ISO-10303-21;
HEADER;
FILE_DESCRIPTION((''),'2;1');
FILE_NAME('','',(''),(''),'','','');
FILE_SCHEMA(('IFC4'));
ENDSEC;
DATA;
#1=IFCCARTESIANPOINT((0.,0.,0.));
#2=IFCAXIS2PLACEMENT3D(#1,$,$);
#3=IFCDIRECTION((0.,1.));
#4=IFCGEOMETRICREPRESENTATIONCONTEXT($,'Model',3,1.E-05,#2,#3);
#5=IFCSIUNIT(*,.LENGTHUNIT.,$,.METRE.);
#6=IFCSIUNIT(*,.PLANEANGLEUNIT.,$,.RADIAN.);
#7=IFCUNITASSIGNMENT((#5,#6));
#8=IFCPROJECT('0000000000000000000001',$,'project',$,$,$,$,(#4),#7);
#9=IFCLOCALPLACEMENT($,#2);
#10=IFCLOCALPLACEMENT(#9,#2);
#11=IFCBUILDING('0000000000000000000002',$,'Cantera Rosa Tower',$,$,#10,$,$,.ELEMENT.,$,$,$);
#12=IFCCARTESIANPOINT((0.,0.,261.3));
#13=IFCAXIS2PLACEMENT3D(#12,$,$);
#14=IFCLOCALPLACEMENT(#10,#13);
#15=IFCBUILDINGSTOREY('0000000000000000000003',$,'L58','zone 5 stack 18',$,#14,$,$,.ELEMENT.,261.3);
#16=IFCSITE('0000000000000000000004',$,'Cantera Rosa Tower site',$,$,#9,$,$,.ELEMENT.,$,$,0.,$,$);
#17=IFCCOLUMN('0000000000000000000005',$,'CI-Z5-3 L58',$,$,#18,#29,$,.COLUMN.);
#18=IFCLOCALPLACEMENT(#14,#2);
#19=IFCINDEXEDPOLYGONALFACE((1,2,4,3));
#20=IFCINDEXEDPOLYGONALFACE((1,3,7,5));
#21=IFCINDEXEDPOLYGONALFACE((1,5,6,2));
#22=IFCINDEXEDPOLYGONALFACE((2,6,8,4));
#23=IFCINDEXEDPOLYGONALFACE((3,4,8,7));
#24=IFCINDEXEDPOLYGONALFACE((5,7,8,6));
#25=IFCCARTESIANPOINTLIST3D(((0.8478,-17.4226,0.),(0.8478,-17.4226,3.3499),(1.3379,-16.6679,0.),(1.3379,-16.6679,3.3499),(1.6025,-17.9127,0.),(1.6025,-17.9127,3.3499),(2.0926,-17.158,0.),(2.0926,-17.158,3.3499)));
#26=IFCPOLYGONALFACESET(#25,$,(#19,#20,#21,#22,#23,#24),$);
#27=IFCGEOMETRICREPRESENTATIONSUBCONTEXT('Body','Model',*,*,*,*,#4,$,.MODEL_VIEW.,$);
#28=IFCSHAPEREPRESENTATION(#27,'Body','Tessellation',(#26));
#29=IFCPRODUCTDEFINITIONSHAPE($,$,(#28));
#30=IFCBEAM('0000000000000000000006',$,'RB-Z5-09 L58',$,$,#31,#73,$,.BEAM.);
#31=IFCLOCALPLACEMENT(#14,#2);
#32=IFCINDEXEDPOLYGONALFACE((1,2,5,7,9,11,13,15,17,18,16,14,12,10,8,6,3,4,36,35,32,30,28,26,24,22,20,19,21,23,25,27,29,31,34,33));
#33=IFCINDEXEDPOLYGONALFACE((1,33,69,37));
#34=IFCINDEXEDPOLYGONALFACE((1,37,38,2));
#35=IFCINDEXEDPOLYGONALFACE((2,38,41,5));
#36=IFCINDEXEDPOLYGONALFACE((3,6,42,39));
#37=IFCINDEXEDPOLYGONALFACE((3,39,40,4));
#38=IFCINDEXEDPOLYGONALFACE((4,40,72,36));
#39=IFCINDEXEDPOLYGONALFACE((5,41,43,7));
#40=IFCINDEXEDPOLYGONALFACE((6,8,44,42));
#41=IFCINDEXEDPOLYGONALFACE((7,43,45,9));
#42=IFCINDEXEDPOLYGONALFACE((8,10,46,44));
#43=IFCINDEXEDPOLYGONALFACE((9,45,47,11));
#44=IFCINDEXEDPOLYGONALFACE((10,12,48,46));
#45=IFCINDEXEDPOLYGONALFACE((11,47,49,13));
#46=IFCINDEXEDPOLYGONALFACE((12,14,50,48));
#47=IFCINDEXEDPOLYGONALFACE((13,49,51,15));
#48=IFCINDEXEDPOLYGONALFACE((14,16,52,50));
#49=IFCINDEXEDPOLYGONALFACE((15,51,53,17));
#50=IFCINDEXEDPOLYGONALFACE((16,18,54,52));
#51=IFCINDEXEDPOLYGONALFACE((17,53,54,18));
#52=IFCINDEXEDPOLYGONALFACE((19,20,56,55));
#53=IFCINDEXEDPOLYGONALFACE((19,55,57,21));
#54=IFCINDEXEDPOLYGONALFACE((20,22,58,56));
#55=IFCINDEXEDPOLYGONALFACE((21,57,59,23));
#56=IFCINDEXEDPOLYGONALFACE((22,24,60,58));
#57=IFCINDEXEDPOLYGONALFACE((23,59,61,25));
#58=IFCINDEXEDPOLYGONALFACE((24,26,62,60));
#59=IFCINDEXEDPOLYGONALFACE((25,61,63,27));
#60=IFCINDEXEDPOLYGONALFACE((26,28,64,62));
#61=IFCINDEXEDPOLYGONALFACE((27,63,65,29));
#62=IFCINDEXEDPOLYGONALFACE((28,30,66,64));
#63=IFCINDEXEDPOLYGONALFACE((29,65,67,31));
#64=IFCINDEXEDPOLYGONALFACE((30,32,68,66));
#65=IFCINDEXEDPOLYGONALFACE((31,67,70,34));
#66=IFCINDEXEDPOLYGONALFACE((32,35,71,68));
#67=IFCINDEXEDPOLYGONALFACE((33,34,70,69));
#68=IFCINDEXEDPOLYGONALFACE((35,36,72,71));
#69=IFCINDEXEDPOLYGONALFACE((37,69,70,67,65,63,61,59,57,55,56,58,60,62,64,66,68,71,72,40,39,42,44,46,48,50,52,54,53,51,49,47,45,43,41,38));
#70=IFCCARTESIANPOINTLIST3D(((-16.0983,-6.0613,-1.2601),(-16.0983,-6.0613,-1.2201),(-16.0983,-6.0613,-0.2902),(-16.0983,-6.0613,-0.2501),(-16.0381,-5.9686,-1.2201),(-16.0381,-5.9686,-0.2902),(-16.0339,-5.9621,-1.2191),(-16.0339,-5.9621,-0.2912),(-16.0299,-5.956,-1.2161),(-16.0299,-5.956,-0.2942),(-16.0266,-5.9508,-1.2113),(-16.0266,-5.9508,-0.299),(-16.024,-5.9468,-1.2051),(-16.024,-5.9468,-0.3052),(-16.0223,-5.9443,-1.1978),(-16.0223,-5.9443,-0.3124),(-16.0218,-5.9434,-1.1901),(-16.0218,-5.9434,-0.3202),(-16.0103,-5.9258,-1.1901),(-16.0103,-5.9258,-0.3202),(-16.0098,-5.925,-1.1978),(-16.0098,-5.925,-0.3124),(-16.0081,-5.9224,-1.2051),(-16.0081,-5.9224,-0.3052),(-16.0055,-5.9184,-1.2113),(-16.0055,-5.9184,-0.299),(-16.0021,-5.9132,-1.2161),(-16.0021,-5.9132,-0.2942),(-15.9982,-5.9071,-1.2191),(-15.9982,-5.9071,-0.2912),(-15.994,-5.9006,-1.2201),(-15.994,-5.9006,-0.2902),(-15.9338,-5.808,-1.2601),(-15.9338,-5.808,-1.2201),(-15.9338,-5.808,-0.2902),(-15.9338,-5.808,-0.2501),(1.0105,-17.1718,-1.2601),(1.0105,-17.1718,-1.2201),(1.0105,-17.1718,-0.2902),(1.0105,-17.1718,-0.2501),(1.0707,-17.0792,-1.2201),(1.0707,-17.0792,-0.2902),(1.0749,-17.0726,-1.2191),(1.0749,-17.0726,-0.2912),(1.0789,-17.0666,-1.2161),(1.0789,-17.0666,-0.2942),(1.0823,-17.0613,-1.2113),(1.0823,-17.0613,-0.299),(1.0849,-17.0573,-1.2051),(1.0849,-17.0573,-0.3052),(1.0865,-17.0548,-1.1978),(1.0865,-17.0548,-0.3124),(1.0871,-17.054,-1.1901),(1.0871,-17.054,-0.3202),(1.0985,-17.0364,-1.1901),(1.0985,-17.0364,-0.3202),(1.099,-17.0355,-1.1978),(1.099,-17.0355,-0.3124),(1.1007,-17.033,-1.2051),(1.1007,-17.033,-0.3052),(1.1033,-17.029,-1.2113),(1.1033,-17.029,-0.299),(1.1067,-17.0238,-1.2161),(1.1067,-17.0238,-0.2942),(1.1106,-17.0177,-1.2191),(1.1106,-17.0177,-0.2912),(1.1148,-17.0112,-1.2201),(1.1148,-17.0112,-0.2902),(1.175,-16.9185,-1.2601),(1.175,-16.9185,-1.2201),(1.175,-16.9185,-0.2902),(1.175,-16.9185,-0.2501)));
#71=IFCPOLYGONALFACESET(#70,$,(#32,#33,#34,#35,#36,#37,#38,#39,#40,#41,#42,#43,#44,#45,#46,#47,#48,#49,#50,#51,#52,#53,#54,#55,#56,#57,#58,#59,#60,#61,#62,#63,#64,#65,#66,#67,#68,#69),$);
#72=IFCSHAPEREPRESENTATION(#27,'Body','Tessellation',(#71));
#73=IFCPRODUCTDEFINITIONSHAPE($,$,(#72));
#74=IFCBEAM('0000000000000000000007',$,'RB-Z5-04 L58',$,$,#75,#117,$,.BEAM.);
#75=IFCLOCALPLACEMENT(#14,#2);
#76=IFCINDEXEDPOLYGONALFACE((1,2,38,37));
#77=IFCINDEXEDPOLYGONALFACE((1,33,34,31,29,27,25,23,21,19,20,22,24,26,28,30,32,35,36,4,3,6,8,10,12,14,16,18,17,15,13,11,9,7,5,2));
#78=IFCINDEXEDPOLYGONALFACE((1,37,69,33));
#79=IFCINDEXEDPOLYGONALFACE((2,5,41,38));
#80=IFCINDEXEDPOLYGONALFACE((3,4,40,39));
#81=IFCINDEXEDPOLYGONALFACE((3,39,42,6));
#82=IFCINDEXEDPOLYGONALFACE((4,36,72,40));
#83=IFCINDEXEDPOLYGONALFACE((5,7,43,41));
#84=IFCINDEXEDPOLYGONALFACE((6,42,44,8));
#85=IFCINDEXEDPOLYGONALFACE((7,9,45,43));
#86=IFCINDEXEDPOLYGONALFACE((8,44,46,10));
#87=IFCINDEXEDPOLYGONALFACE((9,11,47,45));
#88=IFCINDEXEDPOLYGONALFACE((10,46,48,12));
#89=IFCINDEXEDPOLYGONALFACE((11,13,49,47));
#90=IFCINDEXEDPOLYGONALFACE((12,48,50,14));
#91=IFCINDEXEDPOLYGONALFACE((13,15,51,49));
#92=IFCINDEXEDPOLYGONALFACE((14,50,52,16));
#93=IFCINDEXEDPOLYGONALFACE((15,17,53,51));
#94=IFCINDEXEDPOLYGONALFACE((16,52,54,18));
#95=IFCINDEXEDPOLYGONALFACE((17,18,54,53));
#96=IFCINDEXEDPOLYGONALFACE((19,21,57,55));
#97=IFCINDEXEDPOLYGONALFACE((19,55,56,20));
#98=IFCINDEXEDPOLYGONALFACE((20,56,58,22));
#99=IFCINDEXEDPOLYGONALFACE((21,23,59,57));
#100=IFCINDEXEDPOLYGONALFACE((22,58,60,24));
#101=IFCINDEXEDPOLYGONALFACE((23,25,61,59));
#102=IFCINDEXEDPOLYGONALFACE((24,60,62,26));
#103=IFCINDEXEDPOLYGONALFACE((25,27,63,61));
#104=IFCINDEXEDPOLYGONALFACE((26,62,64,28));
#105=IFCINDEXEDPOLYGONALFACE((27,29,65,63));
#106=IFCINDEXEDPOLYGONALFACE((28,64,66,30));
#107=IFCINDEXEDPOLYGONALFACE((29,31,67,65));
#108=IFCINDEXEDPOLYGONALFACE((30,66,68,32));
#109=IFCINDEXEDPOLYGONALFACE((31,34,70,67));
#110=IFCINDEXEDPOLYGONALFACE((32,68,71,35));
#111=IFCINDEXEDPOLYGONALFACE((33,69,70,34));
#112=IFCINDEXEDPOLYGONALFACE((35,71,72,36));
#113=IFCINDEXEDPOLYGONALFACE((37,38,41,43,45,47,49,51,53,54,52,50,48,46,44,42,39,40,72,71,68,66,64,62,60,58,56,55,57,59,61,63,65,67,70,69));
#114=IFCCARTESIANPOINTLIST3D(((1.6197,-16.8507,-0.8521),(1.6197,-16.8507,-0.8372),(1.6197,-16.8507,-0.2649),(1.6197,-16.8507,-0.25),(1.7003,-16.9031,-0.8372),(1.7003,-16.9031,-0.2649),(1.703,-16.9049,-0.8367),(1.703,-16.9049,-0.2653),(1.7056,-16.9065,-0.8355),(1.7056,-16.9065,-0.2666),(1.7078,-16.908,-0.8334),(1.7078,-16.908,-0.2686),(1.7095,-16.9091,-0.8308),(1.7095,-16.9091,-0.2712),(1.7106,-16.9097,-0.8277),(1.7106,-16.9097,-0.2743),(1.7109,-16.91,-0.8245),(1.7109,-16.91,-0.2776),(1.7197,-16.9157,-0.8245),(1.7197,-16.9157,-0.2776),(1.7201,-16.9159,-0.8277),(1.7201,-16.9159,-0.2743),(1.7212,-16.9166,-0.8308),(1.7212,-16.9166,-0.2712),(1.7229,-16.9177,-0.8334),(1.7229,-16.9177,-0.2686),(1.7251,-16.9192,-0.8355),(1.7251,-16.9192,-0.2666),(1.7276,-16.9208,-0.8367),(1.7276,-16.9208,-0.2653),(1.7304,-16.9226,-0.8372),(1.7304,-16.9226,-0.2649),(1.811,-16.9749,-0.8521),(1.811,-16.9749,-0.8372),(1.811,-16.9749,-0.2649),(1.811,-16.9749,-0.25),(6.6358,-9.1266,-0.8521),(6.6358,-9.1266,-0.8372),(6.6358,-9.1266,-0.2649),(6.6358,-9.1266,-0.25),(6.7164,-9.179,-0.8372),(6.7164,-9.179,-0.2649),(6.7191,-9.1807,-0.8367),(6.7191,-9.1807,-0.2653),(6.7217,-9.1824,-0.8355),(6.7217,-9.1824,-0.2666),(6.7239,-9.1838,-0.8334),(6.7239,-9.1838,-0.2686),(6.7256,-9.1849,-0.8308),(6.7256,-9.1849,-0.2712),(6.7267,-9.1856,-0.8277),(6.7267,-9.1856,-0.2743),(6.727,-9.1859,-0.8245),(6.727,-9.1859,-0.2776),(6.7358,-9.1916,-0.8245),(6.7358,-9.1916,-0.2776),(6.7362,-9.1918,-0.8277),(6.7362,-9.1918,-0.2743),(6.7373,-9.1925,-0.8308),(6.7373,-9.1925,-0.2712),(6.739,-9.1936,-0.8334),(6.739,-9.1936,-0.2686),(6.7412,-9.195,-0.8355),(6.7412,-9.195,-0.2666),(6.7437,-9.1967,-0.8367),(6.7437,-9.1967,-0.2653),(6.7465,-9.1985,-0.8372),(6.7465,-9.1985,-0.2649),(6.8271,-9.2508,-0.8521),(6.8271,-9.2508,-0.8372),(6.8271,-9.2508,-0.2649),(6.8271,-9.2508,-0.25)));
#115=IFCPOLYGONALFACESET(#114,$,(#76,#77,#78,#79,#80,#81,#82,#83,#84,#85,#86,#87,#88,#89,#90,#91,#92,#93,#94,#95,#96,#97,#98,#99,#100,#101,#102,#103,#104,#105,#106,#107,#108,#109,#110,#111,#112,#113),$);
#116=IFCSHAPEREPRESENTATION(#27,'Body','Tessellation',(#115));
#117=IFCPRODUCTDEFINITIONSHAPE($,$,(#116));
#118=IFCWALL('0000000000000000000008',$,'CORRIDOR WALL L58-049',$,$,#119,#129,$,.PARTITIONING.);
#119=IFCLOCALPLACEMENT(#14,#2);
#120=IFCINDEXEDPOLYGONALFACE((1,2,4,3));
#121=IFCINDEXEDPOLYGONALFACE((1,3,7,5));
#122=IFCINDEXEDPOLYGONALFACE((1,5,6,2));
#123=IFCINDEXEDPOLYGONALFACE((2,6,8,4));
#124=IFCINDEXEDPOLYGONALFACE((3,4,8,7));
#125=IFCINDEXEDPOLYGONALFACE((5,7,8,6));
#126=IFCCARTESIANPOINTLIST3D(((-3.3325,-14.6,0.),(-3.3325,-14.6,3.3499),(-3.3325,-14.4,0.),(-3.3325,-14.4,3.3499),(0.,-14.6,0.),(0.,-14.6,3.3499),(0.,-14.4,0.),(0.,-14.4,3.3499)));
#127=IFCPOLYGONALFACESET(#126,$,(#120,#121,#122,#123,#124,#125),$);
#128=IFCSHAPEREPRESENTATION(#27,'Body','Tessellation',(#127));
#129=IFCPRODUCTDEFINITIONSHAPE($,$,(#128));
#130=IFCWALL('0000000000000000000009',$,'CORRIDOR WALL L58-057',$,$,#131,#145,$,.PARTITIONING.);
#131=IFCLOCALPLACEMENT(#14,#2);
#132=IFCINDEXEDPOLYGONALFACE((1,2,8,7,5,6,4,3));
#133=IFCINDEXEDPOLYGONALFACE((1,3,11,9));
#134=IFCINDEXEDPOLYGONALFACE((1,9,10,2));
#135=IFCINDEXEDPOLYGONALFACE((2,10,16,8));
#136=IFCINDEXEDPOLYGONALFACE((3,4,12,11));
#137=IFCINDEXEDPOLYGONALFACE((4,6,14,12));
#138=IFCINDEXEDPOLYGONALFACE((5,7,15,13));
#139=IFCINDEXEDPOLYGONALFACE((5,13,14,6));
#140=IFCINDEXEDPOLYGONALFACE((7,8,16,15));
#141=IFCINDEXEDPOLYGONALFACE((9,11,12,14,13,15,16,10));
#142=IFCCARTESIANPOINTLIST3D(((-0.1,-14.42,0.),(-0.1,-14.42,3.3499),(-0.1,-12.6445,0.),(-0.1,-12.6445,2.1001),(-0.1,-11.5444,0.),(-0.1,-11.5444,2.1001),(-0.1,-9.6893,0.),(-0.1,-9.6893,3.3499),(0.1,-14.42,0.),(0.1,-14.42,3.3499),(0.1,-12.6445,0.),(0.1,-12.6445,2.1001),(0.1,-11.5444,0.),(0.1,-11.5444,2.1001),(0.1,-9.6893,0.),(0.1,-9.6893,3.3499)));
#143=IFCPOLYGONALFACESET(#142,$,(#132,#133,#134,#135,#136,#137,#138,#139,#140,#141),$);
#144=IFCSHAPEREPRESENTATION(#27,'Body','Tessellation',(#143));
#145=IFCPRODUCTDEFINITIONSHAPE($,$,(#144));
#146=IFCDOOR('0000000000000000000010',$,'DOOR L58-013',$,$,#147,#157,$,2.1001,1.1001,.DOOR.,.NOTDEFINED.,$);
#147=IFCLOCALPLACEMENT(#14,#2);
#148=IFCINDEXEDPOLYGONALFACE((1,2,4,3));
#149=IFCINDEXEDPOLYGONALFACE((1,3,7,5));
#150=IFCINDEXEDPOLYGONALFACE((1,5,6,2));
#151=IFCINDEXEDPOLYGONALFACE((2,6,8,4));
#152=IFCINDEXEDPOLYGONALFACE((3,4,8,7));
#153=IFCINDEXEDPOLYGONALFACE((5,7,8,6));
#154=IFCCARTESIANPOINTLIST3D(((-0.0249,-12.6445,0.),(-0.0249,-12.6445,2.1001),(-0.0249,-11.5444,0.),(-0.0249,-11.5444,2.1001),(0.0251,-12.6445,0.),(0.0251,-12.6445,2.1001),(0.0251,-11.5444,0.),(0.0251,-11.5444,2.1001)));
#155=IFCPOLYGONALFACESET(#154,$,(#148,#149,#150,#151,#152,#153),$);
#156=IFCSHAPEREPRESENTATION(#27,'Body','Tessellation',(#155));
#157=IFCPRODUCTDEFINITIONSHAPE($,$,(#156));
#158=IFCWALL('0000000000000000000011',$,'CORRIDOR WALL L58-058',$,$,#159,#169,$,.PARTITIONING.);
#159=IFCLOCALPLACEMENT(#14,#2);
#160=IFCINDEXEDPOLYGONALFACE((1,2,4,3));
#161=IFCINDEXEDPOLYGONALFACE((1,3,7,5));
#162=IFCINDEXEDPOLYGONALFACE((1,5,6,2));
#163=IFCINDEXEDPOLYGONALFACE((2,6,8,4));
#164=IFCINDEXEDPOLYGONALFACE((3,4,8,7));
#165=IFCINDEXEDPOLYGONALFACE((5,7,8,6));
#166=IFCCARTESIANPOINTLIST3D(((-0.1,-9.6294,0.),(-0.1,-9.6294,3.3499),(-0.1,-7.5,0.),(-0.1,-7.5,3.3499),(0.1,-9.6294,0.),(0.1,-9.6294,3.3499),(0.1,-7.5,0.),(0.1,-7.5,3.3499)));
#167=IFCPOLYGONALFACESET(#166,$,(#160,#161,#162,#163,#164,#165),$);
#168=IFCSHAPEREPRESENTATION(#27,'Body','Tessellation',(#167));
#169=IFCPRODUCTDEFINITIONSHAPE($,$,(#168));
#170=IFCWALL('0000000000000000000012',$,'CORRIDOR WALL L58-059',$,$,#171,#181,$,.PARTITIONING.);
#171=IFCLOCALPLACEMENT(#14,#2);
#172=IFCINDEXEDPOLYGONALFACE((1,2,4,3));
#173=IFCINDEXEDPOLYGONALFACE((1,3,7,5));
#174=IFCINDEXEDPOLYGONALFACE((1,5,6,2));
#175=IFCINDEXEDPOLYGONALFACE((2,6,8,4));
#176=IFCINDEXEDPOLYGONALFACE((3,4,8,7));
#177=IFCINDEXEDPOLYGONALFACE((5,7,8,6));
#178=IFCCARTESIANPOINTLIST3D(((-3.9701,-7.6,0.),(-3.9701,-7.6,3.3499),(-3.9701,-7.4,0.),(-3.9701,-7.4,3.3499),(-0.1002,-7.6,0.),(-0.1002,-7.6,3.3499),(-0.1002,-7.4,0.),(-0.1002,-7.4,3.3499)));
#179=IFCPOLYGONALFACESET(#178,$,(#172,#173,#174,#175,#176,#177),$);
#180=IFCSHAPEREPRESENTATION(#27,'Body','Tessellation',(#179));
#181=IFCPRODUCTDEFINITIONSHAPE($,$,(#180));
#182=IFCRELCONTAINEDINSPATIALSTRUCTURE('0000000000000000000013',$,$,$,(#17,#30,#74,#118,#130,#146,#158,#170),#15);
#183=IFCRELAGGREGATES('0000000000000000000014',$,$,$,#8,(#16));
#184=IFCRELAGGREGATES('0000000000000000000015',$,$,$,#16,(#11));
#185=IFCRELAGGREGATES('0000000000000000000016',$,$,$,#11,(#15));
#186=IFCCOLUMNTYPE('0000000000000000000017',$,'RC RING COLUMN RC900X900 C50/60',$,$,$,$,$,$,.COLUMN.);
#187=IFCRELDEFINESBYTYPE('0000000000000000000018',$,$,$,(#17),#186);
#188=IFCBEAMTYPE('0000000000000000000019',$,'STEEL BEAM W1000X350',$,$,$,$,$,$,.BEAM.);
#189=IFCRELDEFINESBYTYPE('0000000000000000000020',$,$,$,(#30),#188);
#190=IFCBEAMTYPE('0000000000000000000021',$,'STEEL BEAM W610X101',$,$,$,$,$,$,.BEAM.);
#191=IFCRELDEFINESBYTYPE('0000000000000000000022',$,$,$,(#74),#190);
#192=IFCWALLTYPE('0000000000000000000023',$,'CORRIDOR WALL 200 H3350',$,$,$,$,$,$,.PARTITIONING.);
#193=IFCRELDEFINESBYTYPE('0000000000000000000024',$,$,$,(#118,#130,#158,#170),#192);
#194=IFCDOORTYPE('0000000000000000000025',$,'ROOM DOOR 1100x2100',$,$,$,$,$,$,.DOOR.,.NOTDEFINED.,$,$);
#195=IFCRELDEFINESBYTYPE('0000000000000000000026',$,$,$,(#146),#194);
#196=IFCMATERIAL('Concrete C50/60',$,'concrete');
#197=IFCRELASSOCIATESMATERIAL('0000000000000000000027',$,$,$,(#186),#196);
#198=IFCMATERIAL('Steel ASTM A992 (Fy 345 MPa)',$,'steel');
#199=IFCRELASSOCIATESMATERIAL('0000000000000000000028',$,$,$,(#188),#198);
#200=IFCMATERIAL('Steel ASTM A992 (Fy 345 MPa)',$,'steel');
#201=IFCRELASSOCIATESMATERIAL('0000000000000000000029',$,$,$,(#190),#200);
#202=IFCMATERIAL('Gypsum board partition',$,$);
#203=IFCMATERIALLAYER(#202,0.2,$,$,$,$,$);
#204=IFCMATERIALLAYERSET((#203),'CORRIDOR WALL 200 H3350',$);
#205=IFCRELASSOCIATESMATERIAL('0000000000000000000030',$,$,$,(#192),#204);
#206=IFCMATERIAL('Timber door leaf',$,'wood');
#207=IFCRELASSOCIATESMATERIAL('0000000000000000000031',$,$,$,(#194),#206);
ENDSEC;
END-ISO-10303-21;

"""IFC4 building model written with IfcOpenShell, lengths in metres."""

from ifc_helpers import new_model, si_unit, direction, frame, frame_2d, origin, origin_2d, place, context, subcontext, project, spatial, rectangle, i_section, extrude, material, layer, layer_set, material_profile, profile_set, type_object, element, fill, save


model = new_model("IFC4")

# Units and contexts
model_context = context("Model", 3, precision=1e-05, world=origin(), true_north=direction((0.0, 1.0)))
body_context = subcontext(model_context, "Body", "Model", "MODEL_VIEW")
ifc_project = project(units=[si_unit("LENGTHUNIT", "METRE"), si_unit("PLANEANGLEUNIT", "RADIAN")], contexts=[model_context])

# Site, building, storey
site_placement = place(None, origin())
site = spatial("IfcSite", under=ifc_project, at=site_placement, Name="Cantera Rosa Tower site", CompositionType="ELEMENT", RefElevation=0.0)
building_placement = place(site_placement, origin())
building = spatial("IfcBuilding", under=site, at=building_placement, Name="Cantera Rosa Tower", CompositionType="ELEMENT")
storey_placement = place(building_placement, frame((0.0, 0.0, 261.3)))
storey = spatial("IfcBuildingStorey", under=building, at=storey_placement, Name="L58", Description="zone 5 stack 18", CompositionType="ELEMENT", Elevation=261.3)

# Column
ifc_material_1 = material(Name="Concrete C50/60", Category="concrete")
ifc_material_profile_1 = material_profile(ifc_material_1, rectangle(XDim=0.8999, YDim=0.8999, at=origin_2d()), Name="RC RING COLUMN RC900X900 C50/60")
ifc_profile_set_1 = profile_set([ifc_material_profile_1], Name="Concrete C50/60")
column_type = type_object("IfcColumnType", Name="RC RING COLUMN RC900X900 C50/60", PredefinedType="COLUMN", material=ifc_profile_set_1)
column_placement = place(storey_placement, frame((1.4702, -17.2903, 0.0), z_axis=(0.0, 0.0, 1.0), x_axis=(0.544639, 0.838671, 0.0)))
element("IfcColumn", 1, at=column_placement, inside=storey, type_object=column_type, Name="CI-Z5-3 L58", PredefinedType="COLUMN", context=body_context, shape_type="SweptSolid", body=[
    extrude(rectangle(XDim=0.8999, YDim=0.8999, at=origin_2d()), origin(), (0.0, 0.0, 1.0), 3.3499),
])

# Beams
ifc_material_2 = material(Name="Steel ASTM A992 (Fy 345 MPa)", Category="steel")
ifc_material_profile_2 = material_profile(ifc_material_2, i_section(OverallWidth=0.302, OverallDepth=1.01, WebThickness=0.021, FlangeThickness=0.04, FilletRadius=0.03, at=origin_2d()), Name="W1000X350")
ifc_profile_set_2 = profile_set([ifc_material_profile_2], Name="Steel ASTM A992 (Fy 345 MPa)")
beam_type_1 = type_object("IfcBeamType", Name="STEEL BEAM W1000X350", PredefinedType="BEAM", material=ifc_profile_set_2)
beam_1_placement = place(storey_placement, frame((1.0928, -17.0452, -0.7551), z_axis=(-0.838672, 0.544637, 0.0), x_axis=(-0.544637, -0.838672, 0.0)))
element("IfcBeam", 2, at=beam_1_placement, inside=storey, type_object=beam_type_1, Name="RB-Z5-09 L58", PredefinedType="BEAM", context=body_context, shape_type="SweptSolid", body=[
    extrude(i_section(OverallWidth=0.302, OverallDepth=1.01, WebThickness=0.021, FlangeThickness=0.04, FilletRadius=0.03, at=origin_2d()), origin(), (0.0, 0.0, 1.0), 20.3999),
])
ifc_material_3 = material(Name="Steel ASTM A992 (Fy 345 MPa)", Category="steel")
ifc_material_profile_3 = material_profile(ifc_material_3, i_section(OverallWidth=0.228, OverallDepth=0.6021, WebThickness=0.0105, FlangeThickness=0.0149, FilletRadius=0.0127, at=origin_2d()), Name="W610X101")
ifc_profile_set_3 = profile_set([ifc_material_profile_3], Name="Steel ASTM A992 (Fy 345 MPa)")
beam_type_2 = type_object("IfcBeamType", Name="STEEL BEAM W610X101", PredefinedType="BEAM", material=ifc_profile_set_3)
beam_2_placement = place(storey_placement, frame((1.7153, -16.9128, -0.551), z_axis=(0.54464, 0.83867, 0.0), x_axis=(-0.83867, 0.54464, 0.0)))
element("IfcBeam", 3, at=beam_2_placement, inside=storey, type_object=beam_type_2, Name="RB-Z5-04 L58", PredefinedType="BEAM", context=body_context, shape_type="SweptSolid", body=[
    extrude(i_section(OverallWidth=0.228, OverallDepth=0.6021, WebThickness=0.0105, FlangeThickness=0.0149, FilletRadius=0.0127, at=origin_2d()), origin(), (0.0, 0.0, 1.0), 9.21),
])

# Wall
ifc_material_4 = material(Name="Gypsum board partition")
ifc_layer_1 = layer(ifc_material_4, 0.2)
ifc_layer_set_1 = layer_set([ifc_layer_1], Name="CORRIDOR WALL 200 H3350")
wall_type_1 = type_object("IfcWallType", Name="CORRIDOR WALL 200 H3350", PredefinedType="PARTITIONING", material=ifc_layer_set_1)
wall_1_placement = place(storey_placement, frame((-3.3325, -14.5, 0.0), z_axis=(0.0, 0.0, 1.0), x_axis=(1.0, 0.0, 0.0)))
element("IfcWall", 4, at=wall_1_placement, inside=storey, type_object=wall_type_1, Name="CORRIDOR WALL L58-049", PredefinedType="PARTITIONING", context=body_context, shape_type="SweptSolid", body=[
    extrude(rectangle(XDim=3.3325, YDim=0.2, at=frame_2d((1.6663, 0.0))), origin(), (0.0, 0.0, 1.0), 3.3499),
])

# Wall, opening, door
wall_2_placement = place(storey_placement, frame((0.0, -14.4199, 0.0), z_axis=(0.0, 0.0, 1.0), x_axis=(0.0, 1.0, 0.0)))
wall_2 = element("IfcWall", 5, at=wall_2_placement, inside=storey, type_object=wall_type_1, Name="CORRIDOR WALL L58-057", PredefinedType="PARTITIONING", context=body_context, shape_type="SweptSolid", body=[
    extrude(rectangle(XDim=4.7307, YDim=0.2, at=frame_2d((2.3652, 0.0))), origin(), (0.0, 0.0, 1.0), 3.3499),
])
opening_1_placement = place(wall_2_placement, frame((1.7754, 0.0, 0.0)))
opening_1 = element("IfcOpeningElement", 6, at=opening_1_placement, cuts=wall_2, PredefinedType="OPENING", context=body_context, shape_type="SweptSolid", body=[
    extrude(rectangle(XDim=1.1001, YDim=2.1001, at=frame_2d((0.55, 1.05))), frame((0.0, 0.1099, 0.0), z_axis=(0.0, -1.0, 0.0), x_axis=(1.0, 0.0, 0.0)), (0.0, 0.0, 1.0), 0.22),
])
ifc_material_5 = material(Name="Timber door leaf", Category="wood")
door_type_1 = type_object("IfcDoorType", Name="ROOM DOOR 1100x2100", OperationType="NOTDEFINED", PredefinedType="DOOR", material=ifc_material_5)
door_1_placement = place(opening_1_placement, origin())
door_1 = element("IfcDoor", 7, at=door_1_placement, inside=storey, type_object=door_type_1, Name="DOOR L58-013", OperationType="NOTDEFINED", OverallHeight=2.1001, OverallWidth=1.1001, PredefinedType="DOOR", context=body_context, shape_type="SweptSolid", body=[
    extrude(rectangle(XDim=1.1001, YDim=2.1001, at=frame_2d((0.55, 1.05))), frame((0.0, 0.0249, 0.0), z_axis=(0.0, -1.0, 0.0), x_axis=(1.0, 0.0, 0.0)), (0.0, 0.0, 1.0), 0.05),
])
fill(opening_1, door_1)

# Walls
wall_3_placement = place(storey_placement, frame((0.0, -9.6294, 0.0), z_axis=(0.0, 0.0, 1.0), x_axis=(0.0, 1.0, 0.0)))
element("IfcWall", 8, at=wall_3_placement, inside=storey, type_object=wall_type_1, Name="CORRIDOR WALL L58-058", PredefinedType="PARTITIONING", context=body_context, shape_type="SweptSolid", body=[
    extrude(rectangle(XDim=2.1294, YDim=0.2, at=frame_2d((1.0647, 0.0))), origin(), (0.0, 0.0, 1.0), 3.3499),
])
wall_4_placement = place(storey_placement, frame((-0.1001, -7.5, 0.0), z_axis=(0.0, 0.0, 1.0), x_axis=(-1.0, 0.0, 0.0)))
element("IfcWall", 9, at=wall_4_placement, inside=storey, type_object=wall_type_1, Name="CORRIDOR WALL L58-059", PredefinedType="PARTITIONING", context=body_context, shape_type="SweptSolid", body=[
    extrude(rectangle(XDim=3.8699, YDim=0.2, at=frame_2d((1.9351, 0.0))), origin(), (0.0, 0.0, 1.0), 3.3499),
])

save(model, "model.ifc")
